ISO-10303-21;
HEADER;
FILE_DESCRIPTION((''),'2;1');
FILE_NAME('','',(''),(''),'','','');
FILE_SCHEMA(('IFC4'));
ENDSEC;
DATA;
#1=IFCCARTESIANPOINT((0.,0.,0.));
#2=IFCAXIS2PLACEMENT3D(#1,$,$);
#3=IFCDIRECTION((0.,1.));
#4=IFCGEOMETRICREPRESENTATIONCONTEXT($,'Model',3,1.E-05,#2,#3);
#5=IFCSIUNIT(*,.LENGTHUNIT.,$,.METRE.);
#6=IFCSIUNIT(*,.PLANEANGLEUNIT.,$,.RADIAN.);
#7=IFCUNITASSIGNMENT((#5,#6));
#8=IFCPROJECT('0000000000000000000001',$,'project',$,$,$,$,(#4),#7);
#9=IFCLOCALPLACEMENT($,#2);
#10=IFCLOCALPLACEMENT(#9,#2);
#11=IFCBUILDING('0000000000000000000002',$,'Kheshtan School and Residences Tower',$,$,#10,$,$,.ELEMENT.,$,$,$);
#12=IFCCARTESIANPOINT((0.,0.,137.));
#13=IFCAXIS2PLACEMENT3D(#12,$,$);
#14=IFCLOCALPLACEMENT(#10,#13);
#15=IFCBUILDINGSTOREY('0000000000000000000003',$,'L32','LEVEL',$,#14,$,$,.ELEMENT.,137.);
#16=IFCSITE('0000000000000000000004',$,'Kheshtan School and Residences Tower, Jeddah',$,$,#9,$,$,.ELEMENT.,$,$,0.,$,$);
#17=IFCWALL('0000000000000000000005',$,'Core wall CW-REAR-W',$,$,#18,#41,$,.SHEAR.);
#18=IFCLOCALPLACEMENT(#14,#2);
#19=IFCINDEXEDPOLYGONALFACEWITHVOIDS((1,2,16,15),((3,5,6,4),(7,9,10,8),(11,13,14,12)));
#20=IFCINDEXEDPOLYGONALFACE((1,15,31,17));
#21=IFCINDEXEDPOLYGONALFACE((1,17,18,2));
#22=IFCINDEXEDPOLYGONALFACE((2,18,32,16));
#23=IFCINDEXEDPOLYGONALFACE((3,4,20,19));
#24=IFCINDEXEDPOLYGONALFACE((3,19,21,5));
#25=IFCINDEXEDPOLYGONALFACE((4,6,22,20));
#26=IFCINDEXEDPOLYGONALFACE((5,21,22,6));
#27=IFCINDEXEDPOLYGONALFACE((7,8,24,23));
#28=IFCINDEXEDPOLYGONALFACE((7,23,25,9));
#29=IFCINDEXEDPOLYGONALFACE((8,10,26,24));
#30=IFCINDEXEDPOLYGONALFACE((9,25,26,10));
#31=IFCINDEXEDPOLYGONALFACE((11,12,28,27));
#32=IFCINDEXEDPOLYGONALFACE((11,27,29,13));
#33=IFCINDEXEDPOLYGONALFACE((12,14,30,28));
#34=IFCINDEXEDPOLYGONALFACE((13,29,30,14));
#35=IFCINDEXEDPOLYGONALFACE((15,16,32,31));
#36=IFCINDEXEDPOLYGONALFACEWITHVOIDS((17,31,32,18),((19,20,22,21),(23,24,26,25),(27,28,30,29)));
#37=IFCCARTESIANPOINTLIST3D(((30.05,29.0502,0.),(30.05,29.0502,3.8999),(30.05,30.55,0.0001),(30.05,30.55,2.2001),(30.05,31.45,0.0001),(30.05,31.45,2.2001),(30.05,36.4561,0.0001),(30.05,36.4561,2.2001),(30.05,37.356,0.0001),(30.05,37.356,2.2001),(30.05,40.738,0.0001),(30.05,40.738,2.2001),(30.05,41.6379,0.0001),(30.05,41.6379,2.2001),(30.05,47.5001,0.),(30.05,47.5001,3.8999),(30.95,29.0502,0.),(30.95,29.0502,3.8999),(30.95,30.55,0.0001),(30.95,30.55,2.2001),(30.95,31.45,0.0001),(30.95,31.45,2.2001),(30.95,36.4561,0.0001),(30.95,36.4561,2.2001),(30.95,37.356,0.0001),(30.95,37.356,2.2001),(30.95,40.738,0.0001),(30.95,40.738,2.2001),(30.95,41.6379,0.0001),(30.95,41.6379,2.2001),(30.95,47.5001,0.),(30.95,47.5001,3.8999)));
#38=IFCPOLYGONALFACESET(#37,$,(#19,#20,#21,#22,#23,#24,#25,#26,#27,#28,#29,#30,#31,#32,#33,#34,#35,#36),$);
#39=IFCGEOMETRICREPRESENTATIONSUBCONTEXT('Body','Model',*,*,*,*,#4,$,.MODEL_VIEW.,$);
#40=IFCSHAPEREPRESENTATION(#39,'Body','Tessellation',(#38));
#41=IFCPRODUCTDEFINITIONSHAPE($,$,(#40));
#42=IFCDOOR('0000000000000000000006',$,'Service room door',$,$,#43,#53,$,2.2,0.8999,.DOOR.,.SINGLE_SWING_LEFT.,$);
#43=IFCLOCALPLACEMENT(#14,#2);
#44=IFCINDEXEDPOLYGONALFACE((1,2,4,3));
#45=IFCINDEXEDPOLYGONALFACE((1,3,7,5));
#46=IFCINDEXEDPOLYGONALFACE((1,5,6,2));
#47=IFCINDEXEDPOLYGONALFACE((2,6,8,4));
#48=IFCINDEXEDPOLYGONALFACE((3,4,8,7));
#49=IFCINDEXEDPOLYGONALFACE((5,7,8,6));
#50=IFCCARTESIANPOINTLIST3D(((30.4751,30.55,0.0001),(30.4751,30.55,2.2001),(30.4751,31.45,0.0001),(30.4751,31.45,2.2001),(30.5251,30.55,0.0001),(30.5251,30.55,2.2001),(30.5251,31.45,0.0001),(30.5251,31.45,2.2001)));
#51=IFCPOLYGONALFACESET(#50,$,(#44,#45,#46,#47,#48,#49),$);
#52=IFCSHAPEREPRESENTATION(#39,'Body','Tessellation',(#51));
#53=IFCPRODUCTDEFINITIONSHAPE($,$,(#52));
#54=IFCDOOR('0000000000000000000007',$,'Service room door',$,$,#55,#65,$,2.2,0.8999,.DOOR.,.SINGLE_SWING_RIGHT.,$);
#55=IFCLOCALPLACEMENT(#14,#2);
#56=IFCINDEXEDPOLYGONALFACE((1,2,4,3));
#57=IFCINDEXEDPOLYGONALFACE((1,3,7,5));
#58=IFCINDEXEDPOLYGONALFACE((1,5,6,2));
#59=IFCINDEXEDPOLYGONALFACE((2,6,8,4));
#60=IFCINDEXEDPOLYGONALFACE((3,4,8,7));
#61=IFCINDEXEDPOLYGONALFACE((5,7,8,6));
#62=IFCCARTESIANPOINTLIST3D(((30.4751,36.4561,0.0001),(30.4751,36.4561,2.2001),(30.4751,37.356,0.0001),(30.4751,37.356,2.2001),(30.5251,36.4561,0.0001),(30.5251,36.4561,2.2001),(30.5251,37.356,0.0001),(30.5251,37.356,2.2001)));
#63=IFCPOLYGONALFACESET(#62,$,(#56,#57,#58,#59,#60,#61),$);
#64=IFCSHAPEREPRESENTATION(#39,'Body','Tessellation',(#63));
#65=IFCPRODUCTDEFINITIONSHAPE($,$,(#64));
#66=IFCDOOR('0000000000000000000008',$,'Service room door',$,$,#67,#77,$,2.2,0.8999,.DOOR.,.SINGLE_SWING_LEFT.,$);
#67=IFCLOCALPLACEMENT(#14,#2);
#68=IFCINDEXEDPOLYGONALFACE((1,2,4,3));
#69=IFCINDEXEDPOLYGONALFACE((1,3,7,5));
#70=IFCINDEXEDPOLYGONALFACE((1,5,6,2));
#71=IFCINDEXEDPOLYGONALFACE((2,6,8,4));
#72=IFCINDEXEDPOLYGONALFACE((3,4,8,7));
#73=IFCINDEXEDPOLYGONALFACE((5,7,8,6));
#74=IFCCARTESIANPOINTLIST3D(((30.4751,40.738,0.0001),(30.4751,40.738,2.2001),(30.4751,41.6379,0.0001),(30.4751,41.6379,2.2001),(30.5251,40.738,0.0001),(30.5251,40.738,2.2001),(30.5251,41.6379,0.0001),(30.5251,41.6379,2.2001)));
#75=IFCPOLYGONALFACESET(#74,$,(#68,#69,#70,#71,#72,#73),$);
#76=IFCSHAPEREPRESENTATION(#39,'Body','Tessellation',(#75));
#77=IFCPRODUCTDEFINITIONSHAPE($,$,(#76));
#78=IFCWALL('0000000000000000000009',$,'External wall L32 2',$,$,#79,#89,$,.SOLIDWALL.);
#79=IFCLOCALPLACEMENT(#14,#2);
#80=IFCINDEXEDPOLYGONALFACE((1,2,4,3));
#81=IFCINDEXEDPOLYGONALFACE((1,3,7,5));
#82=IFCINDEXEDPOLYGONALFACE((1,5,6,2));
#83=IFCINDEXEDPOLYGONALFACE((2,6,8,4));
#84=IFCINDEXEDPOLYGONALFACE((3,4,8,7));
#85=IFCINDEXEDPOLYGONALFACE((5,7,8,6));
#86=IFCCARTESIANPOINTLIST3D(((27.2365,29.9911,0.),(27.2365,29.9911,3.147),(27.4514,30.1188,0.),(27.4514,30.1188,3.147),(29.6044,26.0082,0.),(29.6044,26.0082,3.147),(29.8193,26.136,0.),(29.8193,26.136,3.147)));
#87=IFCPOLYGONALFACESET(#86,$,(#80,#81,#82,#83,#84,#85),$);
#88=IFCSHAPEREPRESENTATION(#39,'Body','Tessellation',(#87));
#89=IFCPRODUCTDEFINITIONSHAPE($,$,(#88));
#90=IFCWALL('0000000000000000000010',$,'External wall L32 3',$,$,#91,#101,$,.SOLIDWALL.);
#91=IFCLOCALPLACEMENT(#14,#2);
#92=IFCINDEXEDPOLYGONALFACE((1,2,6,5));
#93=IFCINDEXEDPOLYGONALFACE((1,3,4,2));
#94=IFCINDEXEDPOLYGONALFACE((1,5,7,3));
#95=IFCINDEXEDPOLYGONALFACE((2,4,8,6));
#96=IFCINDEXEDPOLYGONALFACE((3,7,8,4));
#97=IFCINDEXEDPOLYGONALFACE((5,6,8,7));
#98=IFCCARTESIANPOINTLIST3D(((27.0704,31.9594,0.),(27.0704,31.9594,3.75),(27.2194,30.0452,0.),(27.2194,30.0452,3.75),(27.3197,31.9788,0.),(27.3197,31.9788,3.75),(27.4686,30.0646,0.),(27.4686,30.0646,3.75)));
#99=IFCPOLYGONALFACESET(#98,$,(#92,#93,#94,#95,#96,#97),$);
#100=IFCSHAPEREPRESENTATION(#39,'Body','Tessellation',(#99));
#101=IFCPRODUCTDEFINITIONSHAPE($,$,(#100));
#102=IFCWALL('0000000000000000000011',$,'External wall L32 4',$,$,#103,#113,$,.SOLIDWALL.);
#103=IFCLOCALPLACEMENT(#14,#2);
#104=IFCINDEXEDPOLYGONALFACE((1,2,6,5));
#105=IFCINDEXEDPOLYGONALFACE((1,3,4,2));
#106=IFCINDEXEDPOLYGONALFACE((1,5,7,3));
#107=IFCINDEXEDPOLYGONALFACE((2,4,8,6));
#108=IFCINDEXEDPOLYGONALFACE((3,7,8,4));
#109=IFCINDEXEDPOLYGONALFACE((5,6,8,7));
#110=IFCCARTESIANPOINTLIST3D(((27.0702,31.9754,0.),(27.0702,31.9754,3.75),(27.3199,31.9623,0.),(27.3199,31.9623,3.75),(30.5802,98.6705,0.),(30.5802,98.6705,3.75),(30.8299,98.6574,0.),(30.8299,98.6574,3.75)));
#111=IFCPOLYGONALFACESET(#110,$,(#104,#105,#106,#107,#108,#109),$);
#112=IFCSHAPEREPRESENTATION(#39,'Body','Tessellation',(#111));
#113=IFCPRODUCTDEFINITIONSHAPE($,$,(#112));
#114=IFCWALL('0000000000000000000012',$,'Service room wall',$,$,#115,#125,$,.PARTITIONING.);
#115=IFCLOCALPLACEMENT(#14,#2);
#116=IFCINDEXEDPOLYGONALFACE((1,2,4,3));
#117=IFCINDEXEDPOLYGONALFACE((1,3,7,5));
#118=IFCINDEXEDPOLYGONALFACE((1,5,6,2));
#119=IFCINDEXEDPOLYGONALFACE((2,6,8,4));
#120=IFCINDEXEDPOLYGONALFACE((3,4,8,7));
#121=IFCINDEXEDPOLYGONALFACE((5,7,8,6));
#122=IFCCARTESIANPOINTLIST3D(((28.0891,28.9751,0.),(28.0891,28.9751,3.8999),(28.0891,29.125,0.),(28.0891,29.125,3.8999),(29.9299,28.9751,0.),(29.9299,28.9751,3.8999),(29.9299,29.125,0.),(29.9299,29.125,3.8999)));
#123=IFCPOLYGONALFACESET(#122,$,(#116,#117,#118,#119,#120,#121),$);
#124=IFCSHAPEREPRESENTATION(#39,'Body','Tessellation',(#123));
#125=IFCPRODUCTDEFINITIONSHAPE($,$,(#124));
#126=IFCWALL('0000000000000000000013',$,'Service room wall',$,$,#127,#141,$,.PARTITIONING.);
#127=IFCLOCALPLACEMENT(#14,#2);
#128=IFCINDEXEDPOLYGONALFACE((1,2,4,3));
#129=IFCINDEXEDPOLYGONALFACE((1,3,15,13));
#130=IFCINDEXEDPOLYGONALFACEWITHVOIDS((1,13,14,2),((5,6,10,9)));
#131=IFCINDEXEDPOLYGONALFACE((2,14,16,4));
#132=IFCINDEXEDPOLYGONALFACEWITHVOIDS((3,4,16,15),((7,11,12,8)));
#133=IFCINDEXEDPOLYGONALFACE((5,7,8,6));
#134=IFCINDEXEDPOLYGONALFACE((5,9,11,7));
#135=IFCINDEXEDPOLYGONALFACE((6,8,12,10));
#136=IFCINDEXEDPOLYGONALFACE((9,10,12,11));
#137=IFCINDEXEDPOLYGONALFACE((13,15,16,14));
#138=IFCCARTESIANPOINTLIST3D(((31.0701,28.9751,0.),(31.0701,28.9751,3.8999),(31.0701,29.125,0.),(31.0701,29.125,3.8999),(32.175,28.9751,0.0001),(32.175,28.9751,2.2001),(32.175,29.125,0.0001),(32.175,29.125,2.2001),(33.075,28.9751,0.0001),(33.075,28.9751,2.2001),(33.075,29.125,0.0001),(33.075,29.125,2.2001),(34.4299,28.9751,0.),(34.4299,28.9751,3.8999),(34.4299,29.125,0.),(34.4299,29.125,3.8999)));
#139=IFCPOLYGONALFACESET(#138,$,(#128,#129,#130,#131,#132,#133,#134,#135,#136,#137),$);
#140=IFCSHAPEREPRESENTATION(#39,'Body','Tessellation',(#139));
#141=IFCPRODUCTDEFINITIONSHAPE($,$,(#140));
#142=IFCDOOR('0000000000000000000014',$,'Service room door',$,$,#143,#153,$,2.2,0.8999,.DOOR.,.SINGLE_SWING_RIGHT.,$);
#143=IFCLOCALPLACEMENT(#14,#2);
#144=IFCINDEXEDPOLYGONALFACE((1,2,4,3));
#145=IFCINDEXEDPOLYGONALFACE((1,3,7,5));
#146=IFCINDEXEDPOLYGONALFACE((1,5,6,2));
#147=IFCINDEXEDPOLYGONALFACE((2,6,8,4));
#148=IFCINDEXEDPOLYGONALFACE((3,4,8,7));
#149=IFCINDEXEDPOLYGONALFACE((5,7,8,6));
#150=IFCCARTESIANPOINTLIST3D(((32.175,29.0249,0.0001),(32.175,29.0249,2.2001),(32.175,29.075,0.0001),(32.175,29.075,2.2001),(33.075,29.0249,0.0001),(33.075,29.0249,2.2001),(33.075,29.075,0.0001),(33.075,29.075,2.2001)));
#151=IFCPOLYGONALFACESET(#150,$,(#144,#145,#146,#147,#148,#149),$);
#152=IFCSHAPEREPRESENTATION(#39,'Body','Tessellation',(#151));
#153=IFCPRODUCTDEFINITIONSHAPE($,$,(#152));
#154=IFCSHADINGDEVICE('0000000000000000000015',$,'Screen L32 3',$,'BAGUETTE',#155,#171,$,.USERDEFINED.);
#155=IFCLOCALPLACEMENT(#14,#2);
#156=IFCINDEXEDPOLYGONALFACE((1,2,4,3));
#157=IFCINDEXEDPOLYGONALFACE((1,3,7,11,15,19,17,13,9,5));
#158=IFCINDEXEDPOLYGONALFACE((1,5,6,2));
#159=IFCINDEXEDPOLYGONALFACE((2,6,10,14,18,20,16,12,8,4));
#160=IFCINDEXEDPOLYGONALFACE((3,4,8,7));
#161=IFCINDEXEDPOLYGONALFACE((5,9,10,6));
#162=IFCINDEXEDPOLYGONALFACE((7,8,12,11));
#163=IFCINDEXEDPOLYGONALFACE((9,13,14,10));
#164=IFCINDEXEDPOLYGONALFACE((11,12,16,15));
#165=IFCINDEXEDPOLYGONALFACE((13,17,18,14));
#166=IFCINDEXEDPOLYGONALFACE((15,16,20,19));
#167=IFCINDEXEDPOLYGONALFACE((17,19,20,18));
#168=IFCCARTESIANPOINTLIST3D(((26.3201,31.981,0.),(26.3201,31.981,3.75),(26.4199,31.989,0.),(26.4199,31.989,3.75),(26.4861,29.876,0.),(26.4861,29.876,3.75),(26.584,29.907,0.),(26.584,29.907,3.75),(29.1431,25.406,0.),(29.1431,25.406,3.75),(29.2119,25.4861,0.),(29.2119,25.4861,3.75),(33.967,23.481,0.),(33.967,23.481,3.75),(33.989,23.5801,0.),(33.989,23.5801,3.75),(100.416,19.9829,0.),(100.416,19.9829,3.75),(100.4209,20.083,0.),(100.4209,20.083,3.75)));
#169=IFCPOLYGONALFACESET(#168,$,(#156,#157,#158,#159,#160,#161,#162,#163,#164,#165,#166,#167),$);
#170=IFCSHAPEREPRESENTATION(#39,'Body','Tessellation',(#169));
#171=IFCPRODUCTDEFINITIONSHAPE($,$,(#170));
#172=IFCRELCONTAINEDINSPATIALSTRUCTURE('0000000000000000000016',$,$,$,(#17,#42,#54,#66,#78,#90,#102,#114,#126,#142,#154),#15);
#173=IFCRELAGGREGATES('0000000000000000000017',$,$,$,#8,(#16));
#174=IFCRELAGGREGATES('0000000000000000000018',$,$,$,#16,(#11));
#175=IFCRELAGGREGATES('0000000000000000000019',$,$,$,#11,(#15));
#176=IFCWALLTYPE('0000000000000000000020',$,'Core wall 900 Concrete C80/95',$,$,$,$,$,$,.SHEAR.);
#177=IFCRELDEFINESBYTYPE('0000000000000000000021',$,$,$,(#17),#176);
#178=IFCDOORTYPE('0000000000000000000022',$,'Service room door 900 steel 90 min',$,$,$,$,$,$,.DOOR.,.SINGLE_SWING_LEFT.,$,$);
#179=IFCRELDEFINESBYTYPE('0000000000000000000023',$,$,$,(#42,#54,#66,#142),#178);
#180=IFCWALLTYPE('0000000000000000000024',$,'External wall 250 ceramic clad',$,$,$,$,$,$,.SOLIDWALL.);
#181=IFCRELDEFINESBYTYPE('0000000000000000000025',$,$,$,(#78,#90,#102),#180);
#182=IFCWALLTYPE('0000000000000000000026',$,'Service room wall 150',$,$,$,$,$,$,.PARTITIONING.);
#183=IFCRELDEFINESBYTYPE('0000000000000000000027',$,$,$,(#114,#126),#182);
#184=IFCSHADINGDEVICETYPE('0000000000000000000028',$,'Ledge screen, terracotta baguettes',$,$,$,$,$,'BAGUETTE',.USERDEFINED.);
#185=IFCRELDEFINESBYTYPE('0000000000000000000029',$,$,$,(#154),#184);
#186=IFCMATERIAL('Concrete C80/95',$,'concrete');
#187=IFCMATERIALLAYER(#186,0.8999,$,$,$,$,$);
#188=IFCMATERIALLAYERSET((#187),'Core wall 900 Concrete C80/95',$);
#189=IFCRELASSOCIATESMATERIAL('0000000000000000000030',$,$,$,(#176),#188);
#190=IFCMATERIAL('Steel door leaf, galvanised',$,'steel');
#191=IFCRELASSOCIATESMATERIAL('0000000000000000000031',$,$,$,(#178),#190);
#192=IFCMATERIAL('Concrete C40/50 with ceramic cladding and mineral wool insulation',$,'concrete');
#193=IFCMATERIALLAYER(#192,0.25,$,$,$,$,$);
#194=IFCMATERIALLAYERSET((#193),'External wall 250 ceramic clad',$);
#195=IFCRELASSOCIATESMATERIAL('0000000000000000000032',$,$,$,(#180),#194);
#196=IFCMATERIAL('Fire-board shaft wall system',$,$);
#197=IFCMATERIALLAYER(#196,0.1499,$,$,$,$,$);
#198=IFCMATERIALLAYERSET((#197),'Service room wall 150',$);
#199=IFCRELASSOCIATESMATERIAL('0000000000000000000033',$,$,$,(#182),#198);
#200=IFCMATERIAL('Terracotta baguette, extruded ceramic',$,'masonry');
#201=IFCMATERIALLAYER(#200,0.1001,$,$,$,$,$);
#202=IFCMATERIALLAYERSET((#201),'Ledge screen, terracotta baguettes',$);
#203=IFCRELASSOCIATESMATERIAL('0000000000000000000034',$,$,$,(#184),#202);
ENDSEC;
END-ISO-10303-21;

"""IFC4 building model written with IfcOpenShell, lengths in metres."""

from ifc_helpers import new_model, si_unit, direction, frame, frame_2d, origin, place, context, subcontext, project, spatial, polyline, rectangle, outline, extrude, source, transform, mapped, material, layer, layer_set, type_object, element, fill, save


model = new_model("IFC4")

# Units and contexts
model_context = context("Model", 3, precision=1e-05, world=origin(), true_north=direction((0.0, 1.0)))
body_context = subcontext(model_context, "Body", "Model", "MODEL_VIEW")
ifc_project = project(units=[si_unit("LENGTHUNIT", "METRE"), si_unit("PLANEANGLEUNIT", "RADIAN")], contexts=[model_context])

# Site, building, storey
site_placement = place(None, origin())
site = spatial("IfcSite", under=ifc_project, at=site_placement, Name="Kheshtan School and Residences Tower, Jeddah", CompositionType="ELEMENT", RefElevation=0.0)
building_placement = place(site_placement, origin())
building = spatial("IfcBuilding", under=site, at=building_placement, Name="Kheshtan School and Residences Tower", CompositionType="ELEMENT")
storey_placement = place(building_placement, frame((0.0, 0.0, 137.0)))
storey = spatial("IfcBuildingStorey", under=building, at=storey_placement, Name="L32", Description="LEVEL", CompositionType="ELEMENT", Elevation=137.0)

# Wall, openings, doors
ifc_material_1 = material(Name="Concrete C80/95", Category="concrete")
ifc_layer_1 = layer(ifc_material_1, 0.8999)
ifc_layer_set_1 = layer_set([ifc_layer_1], Name="Core wall 900 Concrete C80/95")
wall_type_1 = type_object("IfcWallType", Name="Core wall 900 Concrete C80/95", PredefinedType="SHEAR", material=ifc_layer_set_1)
wall_1_placement = place(storey_placement, frame((30.5, 29.05, 0.0), z_axis=(0.0, 0.0, 1.0), x_axis=(0.0, 1.0, 0.0)))
wall_1 = element("IfcWall", 1, at=wall_1_placement, inside=storey, type_object=wall_type_1, Name="Core wall CW-REAR-W", PredefinedType="SHEAR", context=body_context, shape_type="SweptSolid", body=[
    extrude(rectangle(XDim=18.45, YDim=0.8999, at=frame_2d((9.2251, 0.0))), origin(), (0.0, 0.0, 1.0), 3.8999),
])
opening_1_placement = place(wall_1_placement, frame((1.5, 0.0, 0.0)))
opening_1 = element("IfcOpeningElement", 2, at=opening_1_placement, cuts=wall_1, PredefinedType="OPENING", context=body_context, shape_type="SweptSolid", body=[
    extrude(rectangle(XDim=0.8999, YDim=2.2, at=frame_2d((0.45, 1.1001))), frame((0.0, 0.46, 0.0), z_axis=(0.0, -1.0, 0.0), x_axis=(1.0, 0.0, 0.0)), (0.0, 0.0, 1.0), 0.9199),
])
opening_2_placement = place(wall_1_placement, frame((7.406, 0.0, 0.0)))
opening_2 = element("IfcOpeningElement", 3, at=opening_2_placement, cuts=wall_1, PredefinedType="OPENING", context=body_context, shape_type="SweptSolid", body=[
    extrude(rectangle(XDim=0.8999, YDim=2.2, at=frame_2d((0.45, 1.1001))), frame((0.0, 0.46, 0.0), z_axis=(0.0, -1.0, 0.0), x_axis=(1.0, 0.0, 0.0)), (0.0, 0.0, 1.0), 0.9199),
])
opening_3_placement = place(wall_1_placement, frame((11.688, 0.0, 0.0)))
opening_3 = element("IfcOpeningElement", 4, at=opening_3_placement, cuts=wall_1, PredefinedType="OPENING", context=body_context, shape_type="SweptSolid", body=[
    extrude(rectangle(XDim=0.8999, YDim=2.2, at=frame_2d((0.45, 1.1001))), frame((0.0, 0.46, 0.0), z_axis=(0.0, -1.0, 0.0), x_axis=(1.0, 0.0, 0.0)), (0.0, 0.0, 1.0), 0.9199),
])
ifc_material_2 = material(Name="Steel door leaf, galvanised", Category="steel")
door_type = type_object("IfcDoorType", Name="Service room door 900 steel 90 min", OperationType="SINGLE_SWING_LEFT", PredefinedType="DOOR", material=ifc_material_2)
shared_shape = source(origin(), body_context, "Body", "SweptSolid", [
    extrude(rectangle(XDim=0.8999, YDim=2.2, at=frame_2d((0.45, 1.1001))), frame((0.0, 0.0249, 0.0), z_axis=(0.0, -1.0, 0.0), x_axis=(1.0, 0.0, 0.0)), (0.0, 0.0, 1.0), 0.05),
])
door_1_placement = place(opening_1_placement, origin())
door_1 = element("IfcDoor", 5, at=door_1_placement, inside=storey, type_object=door_type, Name="Service room door", OperationType="SINGLE_SWING_LEFT", OverallHeight=2.2, OverallWidth=0.8999, PredefinedType="DOOR", context=body_context, shape_type="MappedRepresentation", body=[
    mapped(shared_shape, transform((0.0, 0.0, 0.0), x_axis=(1.0, 0.0, 0.0), y_axis=(0.0, 1.0, 0.0), z_axis=(0.0, 0.0, 1.0), scale=1.0)),
])
fill(opening_1, door_1)
door_2_placement = place(opening_2_placement, origin())
door_2 = element("IfcDoor", 6, at=door_2_placement, inside=storey, type_object=door_type, Name="Service room door", OperationType="SINGLE_SWING_RIGHT", OverallHeight=2.2, OverallWidth=0.8999, PredefinedType="DOOR", context=body_context, shape_type="MappedRepresentation", body=[
    mapped(shared_shape, transform((0.0, 0.0, 0.0), x_axis=(1.0, 0.0, 0.0), y_axis=(0.0, 1.0, 0.0), z_axis=(0.0, 0.0, 1.0), scale=1.0)),
])
fill(opening_2, door_2)
door_3_placement = place(opening_3_placement, origin())
door_3 = element("IfcDoor", 7, at=door_3_placement, inside=storey, type_object=door_type, Name="Service room door", OperationType="SINGLE_SWING_LEFT", OverallHeight=2.2, OverallWidth=0.8999, PredefinedType="DOOR", context=body_context, shape_type="MappedRepresentation", body=[
    mapped(shared_shape, transform((0.0, 0.0, 0.0), x_axis=(1.0, 0.0, 0.0), y_axis=(0.0, 1.0, 0.0), z_axis=(0.0, 0.0, 1.0), scale=1.0)),
])
fill(opening_3, door_3)

# Walls
ifc_material_3 = material(Name="Concrete C40/50 with ceramic cladding and mineral wool insulation", Category="concrete")
ifc_layer_2 = layer(ifc_material_3, 0.25)
ifc_layer_set_2 = layer_set([ifc_layer_2], Name="External wall 250 ceramic clad")
wall_type_2 = type_object("IfcWallType", Name="External wall 250 ceramic clad", PredefinedType="SOLIDWALL", material=ifc_layer_set_2)
wall_2_placement = place(storey_placement, frame((29.7119, 26.072, 0.0), z_axis=(0.0, 0.0, 1.0), x_axis=(-0.511028, 0.859564, 0.0)))
element("IfcWall", 8, at=wall_2_placement, inside=storey, type_object=wall_type_2, Name="External wall L32 2", PredefinedType="SOLIDWALL", context=body_context, shape_type="SweptSolid", body=[
    extrude(rectangle(XDim=4.6335, YDim=0.25, at=frame_2d((2.3169, 0.0))), origin(), (0.0, 0.0, 1.0), 3.147),
])
wall_3_placement = place(storey_placement, frame((27.344, 30.0549, 0.0), z_axis=(0.0, 0.0, 1.0), x_axis=(-0.077572, 0.996987, 0.0)))
element("IfcWall", 9, at=wall_3_placement, inside=storey, type_object=wall_type_2, Name="External wall L32 3", PredefinedType="SOLIDWALL", context=body_context, shape_type="SweptSolid", body=[
    extrude(rectangle(XDim=1.9199, YDim=0.25, at=frame_2d((0.96, 0.0))), origin(), (0.0, 0.0, 1.0), 3.75),
])
wall_4_placement = place(storey_placement, frame((27.1951, 31.969, 0.0), z_axis=(0.0, 0.0, 1.0), x_axis=(0.052555, 0.998618, 0.0)))
element("IfcWall", 10, at=wall_4_placement, inside=storey, type_object=wall_type_2, Name="External wall L32 4", PredefinedType="SOLIDWALL", context=body_context, shape_type="SweptSolid", body=[
    extrude(rectangle(XDim=66.7874, YDim=0.25, at=frame_2d((33.3936, 0.0))), origin(), (0.0, 0.0, 1.0), 3.75),
])
ifc_material_4 = material(Name="Fire-board shaft wall system")
ifc_layer_3 = layer(ifc_material_4, 0.1499)
ifc_layer_set_3 = layer_set([ifc_layer_3], Name="Service room wall 150")
wall_type_3 = type_object("IfcWallType", Name="Service room wall 150", PredefinedType="PARTITIONING", material=ifc_layer_set_3)
wall_5_placement = place(storey_placement, frame((28.0891, 29.05, 0.0), z_axis=(0.0, 0.0, 1.0), x_axis=(1.0, 0.0, 0.0)))
element("IfcWall", 11, at=wall_5_placement, inside=storey, type_object=wall_type_3, Name="Service room wall", PredefinedType="PARTITIONING", context=body_context, shape_type="SweptSolid", body=[
    extrude(rectangle(XDim=1.8408, YDim=0.1499, at=frame_2d((0.9204, 0.0))), origin(), (0.0, 0.0, 1.0), 3.8999),
])

# Wall, opening, door
wall_6_placement = place(storey_placement, frame((31.0701, 29.05, 0.0), z_axis=(0.0, 0.0, 1.0), x_axis=(1.0, 0.0, 0.0)))
wall_6 = element("IfcWall", 12, at=wall_6_placement, inside=storey, type_object=wall_type_3, Name="Service room wall", PredefinedType="PARTITIONING", context=body_context, shape_type="SweptSolid", body=[
    extrude(rectangle(XDim=3.3599, YDim=0.1499, at=frame_2d((1.6799, 0.0))), origin(), (0.0, 0.0, 1.0), 3.8999),
])
opening_4_placement = place(wall_6_placement, frame((1.105, 0.0, 0.0)))
opening_4 = element("IfcOpeningElement", 13, at=opening_4_placement, cuts=wall_6, PredefinedType="OPENING", context=body_context, shape_type="SweptSolid", body=[
    extrude(rectangle(XDim=0.8999, YDim=2.2, at=frame_2d((0.45, 1.1001))), frame((0.0, 0.085, 0.0), z_axis=(0.0, -1.0, 0.0), x_axis=(1.0, 0.0, 0.0)), (0.0, 0.0, 1.0), 0.1699),
])
door_4_placement = place(opening_4_placement, origin())
door_4 = element("IfcDoor", 14, at=door_4_placement, inside=storey, type_object=door_type, Name="Service room door", OperationType="SINGLE_SWING_RIGHT", OverallHeight=2.2, OverallWidth=0.8999, PredefinedType="DOOR", context=body_context, shape_type="MappedRepresentation", body=[
    mapped(shared_shape, transform((0.0, 0.0, 0.0), x_axis=(1.0, 0.0, 0.0), y_axis=(0.0, 1.0, 0.0), z_axis=(0.0, 0.0, 1.0), scale=1.0)),
])
fill(opening_4, door_4)

# Shading device
ifc_material_5 = material(Name="Terracotta baguette, extruded ceramic", Category="masonry")
ifc_layer_4 = layer(ifc_material_5, 0.1001)
ifc_layer_set_4 = layer_set([ifc_layer_4], Name="Ledge screen, terracotta baguettes")
shading_device_type_1 = type_object("IfcShadingDeviceType", Name="Ledge screen, terracotta baguettes", ElementType="BAGUETTE", PredefinedType="USERDEFINED", material=ifc_layer_set_4)
shading_device_1_placement = place(storey_placement, origin())
element("IfcShadingDevice", 15, at=shading_device_1_placement, inside=storey, type_object=shading_device_type_1, Name="Screen L32 3", ObjectType="BAGUETTE", PredefinedType="USERDEFINED", context=body_context, shape_type="SweptSolid", body=[
    extrude(outline(polyline([(100.4209, 20.083), (33.989, 23.5801), (29.2119, 25.4861), (26.584, 29.907), (26.4199, 31.989), (26.3201, 31.981), (26.4861, 29.876), (29.1431, 25.406), (33.967, 23.481), (100.416, 19.9829), (100.4209, 20.083)])), origin(), (0.0, 0.0, 1.0), 3.75),
])

save(model, "model.ifc")
